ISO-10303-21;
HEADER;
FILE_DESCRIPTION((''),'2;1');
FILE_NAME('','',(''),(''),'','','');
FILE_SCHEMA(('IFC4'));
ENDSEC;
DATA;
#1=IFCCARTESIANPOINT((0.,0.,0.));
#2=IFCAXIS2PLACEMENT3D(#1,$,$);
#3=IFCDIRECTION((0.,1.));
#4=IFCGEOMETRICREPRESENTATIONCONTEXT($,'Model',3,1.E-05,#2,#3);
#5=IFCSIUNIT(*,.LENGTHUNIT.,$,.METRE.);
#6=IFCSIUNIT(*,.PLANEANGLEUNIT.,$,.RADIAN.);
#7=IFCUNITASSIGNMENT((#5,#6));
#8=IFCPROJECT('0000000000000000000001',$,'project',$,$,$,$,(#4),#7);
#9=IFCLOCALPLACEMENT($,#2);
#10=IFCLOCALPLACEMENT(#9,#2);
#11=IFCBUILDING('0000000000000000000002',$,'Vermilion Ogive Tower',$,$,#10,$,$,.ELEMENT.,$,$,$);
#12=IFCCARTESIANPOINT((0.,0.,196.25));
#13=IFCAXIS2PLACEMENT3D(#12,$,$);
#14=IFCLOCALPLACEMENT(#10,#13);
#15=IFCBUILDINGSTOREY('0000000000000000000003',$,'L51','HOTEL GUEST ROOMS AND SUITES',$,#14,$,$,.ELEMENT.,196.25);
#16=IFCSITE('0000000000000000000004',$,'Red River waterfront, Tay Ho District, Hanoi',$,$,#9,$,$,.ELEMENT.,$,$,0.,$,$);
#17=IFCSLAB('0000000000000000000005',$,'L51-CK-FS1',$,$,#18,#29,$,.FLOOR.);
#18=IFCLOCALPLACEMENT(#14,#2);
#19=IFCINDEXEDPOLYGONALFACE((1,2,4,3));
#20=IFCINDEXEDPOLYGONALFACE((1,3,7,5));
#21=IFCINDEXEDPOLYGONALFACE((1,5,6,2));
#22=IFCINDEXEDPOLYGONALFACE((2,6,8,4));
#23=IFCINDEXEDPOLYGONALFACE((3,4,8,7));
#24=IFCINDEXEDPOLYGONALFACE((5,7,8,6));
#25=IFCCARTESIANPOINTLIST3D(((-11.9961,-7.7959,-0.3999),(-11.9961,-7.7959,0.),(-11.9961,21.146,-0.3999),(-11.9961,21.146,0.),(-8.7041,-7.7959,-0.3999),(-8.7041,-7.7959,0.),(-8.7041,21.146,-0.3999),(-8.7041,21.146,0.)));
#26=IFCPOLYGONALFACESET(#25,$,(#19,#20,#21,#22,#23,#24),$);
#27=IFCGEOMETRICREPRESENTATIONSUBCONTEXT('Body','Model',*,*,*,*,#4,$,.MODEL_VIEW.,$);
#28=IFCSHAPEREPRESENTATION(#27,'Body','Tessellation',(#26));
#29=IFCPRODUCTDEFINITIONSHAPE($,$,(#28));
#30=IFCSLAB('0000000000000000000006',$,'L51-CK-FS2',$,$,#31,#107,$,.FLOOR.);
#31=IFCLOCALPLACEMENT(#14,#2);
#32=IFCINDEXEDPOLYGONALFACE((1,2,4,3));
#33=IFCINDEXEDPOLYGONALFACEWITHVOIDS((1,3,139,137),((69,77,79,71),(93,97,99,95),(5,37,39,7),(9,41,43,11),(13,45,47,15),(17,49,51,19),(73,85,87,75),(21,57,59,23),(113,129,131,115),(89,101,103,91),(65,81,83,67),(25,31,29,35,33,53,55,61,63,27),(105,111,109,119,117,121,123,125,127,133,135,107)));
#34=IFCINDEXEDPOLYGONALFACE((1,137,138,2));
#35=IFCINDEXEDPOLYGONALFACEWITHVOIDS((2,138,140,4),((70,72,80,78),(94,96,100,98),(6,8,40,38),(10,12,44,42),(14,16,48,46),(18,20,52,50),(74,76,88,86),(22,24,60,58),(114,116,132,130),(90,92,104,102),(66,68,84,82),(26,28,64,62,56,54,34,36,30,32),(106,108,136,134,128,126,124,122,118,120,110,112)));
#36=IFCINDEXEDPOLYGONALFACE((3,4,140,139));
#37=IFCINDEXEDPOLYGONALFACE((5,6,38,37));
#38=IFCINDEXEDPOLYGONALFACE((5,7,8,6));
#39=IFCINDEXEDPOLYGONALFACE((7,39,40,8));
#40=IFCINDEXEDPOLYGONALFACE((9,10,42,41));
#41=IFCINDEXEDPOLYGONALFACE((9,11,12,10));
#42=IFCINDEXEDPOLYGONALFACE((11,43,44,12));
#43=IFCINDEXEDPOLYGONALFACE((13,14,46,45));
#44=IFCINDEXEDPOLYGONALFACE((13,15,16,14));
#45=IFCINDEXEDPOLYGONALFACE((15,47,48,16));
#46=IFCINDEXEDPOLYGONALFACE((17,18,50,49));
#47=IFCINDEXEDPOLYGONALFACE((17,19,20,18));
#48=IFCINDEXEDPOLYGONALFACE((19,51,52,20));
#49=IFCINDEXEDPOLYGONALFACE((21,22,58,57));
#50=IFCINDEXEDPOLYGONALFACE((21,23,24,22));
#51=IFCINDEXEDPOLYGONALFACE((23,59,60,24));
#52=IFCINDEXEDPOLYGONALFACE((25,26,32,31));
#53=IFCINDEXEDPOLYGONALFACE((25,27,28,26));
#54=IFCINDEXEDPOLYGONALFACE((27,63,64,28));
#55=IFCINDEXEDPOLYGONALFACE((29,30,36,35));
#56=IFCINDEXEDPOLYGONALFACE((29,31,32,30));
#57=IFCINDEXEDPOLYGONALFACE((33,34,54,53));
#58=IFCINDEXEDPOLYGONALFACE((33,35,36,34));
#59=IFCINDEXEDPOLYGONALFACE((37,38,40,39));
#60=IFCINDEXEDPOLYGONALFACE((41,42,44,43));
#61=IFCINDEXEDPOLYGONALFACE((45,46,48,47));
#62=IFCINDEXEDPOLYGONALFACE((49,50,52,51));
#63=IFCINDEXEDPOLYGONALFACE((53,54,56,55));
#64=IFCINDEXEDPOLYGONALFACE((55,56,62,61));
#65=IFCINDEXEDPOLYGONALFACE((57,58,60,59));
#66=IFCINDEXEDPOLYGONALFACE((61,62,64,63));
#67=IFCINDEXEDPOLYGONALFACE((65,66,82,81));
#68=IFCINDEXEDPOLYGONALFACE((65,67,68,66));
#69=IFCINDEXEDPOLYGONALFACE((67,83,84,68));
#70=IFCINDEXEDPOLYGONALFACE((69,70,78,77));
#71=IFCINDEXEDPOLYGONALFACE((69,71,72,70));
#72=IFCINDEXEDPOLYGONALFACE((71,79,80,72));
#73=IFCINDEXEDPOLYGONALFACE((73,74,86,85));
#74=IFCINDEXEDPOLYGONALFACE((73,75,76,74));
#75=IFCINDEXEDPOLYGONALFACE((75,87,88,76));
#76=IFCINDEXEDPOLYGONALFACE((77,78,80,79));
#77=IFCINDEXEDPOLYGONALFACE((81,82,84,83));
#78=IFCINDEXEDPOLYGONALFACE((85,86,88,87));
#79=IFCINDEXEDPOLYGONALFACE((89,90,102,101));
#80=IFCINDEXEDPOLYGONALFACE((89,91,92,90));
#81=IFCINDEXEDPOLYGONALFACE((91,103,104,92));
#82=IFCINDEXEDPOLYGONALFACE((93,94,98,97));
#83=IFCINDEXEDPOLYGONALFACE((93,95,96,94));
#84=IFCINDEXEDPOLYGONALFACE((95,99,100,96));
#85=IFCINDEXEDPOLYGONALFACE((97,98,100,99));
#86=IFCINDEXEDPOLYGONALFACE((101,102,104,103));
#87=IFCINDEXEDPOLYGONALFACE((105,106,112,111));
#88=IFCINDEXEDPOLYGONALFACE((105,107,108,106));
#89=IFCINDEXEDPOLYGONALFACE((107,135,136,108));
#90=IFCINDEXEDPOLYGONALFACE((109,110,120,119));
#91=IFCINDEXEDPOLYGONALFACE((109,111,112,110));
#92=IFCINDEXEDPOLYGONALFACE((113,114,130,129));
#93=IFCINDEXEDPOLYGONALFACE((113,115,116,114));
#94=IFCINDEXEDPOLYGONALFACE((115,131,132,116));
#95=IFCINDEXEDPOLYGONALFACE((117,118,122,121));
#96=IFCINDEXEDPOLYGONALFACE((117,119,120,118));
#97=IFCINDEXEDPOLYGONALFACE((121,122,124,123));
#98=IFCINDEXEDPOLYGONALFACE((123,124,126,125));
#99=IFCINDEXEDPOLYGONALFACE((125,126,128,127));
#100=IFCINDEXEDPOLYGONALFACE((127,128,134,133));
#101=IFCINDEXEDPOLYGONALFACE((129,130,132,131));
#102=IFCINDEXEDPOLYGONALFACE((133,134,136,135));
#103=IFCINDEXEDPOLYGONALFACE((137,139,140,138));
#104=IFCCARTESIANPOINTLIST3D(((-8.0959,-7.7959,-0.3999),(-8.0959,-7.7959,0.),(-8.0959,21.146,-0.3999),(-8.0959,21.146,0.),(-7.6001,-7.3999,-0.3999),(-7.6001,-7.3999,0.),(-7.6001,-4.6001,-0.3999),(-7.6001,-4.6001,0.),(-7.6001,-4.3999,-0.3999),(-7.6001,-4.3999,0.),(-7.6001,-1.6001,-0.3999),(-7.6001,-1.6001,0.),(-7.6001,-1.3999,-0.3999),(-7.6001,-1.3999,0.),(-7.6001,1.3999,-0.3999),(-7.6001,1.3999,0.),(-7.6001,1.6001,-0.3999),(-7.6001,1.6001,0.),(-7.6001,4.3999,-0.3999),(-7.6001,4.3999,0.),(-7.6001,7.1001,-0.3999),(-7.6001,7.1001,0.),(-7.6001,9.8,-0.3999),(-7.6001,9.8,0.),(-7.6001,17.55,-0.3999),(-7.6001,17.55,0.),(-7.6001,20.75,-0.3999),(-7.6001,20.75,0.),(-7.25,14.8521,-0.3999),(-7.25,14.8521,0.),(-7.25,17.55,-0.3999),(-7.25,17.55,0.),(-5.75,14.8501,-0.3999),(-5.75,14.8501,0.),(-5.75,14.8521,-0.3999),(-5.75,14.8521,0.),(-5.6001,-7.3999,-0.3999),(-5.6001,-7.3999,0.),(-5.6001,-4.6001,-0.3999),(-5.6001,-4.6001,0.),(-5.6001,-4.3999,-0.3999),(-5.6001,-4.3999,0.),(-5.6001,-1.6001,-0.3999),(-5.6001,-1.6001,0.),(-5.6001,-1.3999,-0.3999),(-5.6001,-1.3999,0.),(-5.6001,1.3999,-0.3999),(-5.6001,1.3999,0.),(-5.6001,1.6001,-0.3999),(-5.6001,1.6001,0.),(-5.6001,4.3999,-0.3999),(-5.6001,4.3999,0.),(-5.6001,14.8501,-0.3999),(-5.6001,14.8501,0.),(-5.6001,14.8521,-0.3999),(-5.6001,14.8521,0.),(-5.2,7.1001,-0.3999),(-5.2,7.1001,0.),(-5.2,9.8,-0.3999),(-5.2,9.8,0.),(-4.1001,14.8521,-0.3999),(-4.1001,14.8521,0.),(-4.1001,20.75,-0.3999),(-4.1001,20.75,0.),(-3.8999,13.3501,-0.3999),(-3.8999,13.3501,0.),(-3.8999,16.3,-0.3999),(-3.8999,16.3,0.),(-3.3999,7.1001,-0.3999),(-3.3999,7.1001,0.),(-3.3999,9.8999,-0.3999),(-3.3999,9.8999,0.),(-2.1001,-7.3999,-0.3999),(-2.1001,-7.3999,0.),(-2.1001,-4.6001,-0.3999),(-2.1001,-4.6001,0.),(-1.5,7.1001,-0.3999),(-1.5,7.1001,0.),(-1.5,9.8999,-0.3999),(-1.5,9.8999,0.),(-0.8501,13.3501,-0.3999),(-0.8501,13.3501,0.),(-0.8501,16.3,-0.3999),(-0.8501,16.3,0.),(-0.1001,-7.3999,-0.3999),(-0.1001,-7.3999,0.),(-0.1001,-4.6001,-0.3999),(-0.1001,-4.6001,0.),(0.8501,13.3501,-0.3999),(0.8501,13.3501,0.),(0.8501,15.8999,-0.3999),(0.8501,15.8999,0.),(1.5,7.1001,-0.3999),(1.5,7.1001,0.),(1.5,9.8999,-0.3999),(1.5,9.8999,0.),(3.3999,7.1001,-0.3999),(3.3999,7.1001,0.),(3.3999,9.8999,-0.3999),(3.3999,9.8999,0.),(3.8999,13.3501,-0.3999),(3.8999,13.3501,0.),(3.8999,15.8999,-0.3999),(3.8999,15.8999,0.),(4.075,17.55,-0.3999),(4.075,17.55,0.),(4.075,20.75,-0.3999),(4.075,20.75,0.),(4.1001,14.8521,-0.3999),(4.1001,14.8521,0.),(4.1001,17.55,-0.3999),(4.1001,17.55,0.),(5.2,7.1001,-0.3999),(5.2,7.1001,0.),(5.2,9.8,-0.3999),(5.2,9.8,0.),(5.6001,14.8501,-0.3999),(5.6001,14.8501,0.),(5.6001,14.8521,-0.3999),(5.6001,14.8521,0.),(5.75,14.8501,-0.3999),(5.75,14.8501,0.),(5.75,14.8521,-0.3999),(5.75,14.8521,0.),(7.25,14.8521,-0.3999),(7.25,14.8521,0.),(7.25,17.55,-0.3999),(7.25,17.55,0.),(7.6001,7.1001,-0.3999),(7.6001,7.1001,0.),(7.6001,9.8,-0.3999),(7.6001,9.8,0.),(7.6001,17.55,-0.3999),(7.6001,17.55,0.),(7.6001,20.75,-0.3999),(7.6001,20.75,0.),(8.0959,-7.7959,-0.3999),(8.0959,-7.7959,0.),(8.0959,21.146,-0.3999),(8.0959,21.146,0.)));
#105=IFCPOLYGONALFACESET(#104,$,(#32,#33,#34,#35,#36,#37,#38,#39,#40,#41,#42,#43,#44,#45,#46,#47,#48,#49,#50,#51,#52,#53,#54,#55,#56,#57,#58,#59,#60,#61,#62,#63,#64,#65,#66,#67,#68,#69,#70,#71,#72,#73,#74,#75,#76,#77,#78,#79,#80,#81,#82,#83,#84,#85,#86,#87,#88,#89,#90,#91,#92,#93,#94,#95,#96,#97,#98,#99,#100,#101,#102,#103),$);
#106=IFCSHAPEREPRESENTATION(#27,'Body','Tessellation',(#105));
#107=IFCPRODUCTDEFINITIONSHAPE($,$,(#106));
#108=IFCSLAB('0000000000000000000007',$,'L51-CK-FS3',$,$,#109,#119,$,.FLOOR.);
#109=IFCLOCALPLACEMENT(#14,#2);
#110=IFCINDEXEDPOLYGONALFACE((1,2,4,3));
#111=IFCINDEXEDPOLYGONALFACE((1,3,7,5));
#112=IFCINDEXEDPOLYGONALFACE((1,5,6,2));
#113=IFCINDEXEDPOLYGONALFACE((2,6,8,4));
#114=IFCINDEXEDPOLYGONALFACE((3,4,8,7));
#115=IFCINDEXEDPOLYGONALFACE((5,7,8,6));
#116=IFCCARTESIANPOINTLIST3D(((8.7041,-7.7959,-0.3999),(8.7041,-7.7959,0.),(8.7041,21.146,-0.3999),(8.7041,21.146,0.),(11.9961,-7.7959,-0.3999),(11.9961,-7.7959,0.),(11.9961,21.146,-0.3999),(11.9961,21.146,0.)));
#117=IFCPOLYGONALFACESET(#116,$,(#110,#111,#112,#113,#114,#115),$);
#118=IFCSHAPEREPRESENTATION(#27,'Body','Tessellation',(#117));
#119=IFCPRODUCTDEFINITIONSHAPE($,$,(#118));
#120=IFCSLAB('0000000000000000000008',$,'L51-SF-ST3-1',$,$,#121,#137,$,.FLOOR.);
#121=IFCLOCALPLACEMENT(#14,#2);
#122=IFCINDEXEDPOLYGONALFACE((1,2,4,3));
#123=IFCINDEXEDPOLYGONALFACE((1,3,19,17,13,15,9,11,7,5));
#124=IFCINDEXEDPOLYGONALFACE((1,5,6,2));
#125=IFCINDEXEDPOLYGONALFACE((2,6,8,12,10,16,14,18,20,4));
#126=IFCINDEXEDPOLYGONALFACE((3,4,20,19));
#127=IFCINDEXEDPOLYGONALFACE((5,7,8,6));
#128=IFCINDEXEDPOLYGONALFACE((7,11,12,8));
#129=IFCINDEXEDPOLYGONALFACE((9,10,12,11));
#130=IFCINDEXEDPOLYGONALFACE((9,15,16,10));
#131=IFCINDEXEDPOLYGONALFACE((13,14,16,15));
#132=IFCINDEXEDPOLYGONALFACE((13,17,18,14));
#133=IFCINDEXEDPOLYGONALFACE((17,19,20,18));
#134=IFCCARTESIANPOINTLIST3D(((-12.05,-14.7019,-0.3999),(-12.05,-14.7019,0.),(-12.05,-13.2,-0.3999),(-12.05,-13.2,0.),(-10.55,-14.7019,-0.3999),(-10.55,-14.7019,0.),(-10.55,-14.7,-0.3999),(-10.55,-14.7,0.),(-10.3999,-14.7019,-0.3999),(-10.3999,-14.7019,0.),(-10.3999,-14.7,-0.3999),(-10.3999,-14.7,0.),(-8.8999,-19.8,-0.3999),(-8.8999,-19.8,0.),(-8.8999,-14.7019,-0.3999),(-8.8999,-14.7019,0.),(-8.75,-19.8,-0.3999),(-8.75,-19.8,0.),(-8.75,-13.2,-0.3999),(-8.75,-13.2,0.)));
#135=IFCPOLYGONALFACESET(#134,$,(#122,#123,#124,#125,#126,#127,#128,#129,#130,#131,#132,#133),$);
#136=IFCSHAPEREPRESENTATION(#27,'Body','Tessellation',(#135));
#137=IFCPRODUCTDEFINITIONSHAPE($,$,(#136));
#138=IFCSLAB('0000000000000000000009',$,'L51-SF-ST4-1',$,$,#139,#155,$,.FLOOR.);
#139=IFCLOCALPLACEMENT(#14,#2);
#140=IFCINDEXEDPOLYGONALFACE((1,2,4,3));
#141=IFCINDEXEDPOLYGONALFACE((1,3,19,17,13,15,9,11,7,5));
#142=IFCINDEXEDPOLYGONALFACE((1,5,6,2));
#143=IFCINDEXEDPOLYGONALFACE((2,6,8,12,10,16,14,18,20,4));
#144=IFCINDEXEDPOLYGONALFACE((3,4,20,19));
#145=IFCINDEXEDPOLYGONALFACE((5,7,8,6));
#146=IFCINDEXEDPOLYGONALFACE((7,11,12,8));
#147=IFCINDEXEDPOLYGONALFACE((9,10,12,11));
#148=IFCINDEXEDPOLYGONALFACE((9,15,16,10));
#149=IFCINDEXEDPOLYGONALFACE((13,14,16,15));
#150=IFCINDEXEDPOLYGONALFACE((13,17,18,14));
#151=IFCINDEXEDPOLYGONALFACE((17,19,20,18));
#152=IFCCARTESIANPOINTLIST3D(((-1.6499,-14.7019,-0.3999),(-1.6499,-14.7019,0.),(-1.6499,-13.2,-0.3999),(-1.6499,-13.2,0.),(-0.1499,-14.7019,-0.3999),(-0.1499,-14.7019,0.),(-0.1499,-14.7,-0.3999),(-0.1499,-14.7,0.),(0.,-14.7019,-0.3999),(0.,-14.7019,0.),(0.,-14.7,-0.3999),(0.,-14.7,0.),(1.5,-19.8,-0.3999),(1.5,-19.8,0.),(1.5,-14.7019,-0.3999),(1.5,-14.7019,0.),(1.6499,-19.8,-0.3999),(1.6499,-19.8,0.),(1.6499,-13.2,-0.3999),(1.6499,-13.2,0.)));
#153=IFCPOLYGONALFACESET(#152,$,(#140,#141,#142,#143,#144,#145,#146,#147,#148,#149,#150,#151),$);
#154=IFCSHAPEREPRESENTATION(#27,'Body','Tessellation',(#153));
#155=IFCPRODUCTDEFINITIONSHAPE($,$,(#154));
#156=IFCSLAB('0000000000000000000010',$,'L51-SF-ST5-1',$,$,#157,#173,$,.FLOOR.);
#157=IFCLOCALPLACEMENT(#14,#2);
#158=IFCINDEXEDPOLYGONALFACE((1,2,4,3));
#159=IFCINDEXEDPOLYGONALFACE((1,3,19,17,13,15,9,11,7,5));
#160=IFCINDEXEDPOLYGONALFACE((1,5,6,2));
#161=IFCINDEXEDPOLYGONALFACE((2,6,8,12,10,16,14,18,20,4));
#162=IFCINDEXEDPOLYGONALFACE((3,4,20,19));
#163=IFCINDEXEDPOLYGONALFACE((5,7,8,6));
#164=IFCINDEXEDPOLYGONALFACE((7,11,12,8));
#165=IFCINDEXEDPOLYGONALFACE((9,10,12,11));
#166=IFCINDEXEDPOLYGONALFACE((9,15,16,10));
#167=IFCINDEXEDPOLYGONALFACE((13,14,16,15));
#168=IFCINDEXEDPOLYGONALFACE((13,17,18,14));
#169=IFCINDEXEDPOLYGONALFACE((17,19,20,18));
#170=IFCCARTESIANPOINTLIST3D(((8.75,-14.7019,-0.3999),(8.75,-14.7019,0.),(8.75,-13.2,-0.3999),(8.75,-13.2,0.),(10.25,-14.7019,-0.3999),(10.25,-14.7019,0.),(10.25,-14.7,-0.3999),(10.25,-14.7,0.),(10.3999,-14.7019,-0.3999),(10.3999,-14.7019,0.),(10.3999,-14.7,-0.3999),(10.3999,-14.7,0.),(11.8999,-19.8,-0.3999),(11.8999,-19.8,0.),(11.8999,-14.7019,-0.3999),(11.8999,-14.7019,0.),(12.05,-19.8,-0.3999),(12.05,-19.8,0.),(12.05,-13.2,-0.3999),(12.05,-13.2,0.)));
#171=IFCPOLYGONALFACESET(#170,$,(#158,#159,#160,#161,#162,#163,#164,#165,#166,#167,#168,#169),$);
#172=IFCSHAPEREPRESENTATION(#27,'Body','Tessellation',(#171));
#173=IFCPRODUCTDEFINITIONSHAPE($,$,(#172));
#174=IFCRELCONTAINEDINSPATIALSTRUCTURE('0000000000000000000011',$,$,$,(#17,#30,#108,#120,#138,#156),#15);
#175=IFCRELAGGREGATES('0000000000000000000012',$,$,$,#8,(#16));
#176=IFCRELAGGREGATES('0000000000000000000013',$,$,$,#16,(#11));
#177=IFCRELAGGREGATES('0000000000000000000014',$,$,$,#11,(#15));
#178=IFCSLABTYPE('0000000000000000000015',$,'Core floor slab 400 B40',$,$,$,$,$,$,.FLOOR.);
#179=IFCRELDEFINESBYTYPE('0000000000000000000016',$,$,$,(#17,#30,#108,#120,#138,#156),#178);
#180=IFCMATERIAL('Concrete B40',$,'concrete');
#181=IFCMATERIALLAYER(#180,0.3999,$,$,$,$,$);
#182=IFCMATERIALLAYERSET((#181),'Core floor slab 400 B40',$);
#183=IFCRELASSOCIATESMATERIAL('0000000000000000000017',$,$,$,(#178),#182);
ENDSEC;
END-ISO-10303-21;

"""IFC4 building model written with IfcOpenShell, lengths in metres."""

from ifc_helpers import new_model, si_unit, direction, frame, origin, place, context, subcontext, project, spatial, polyline, outline, extrude, material, layer, layer_set, type_object, element, save


model = new_model("IFC4")

# Units and contexts
model_context = context("Model", 3, precision=1e-05, world=origin(), true_north=direction((0.0, 1.0)))
body_context = subcontext(model_context, "Body", "Model", "MODEL_VIEW")
ifc_project = project(units=[si_unit("LENGTHUNIT", "METRE"), si_unit("PLANEANGLEUNIT", "RADIAN")], contexts=[model_context])

# Site, building, storey
site_placement = place(None, origin())
site = spatial("IfcSite", under=ifc_project, at=site_placement, Name="Red River waterfront, Tay Ho District, Hanoi", CompositionType="ELEMENT", RefElevation=0.0)
building_placement = place(site_placement, origin())
building = spatial("IfcBuilding", under=site, at=building_placement, Name="Vermilion Ogive Tower", CompositionType="ELEMENT")
storey_placement = place(building_placement, frame((0.0, 0.0, 196.25)))
storey = spatial("IfcBuildingStorey", under=building, at=storey_placement, Name="L51", Description="HOTEL GUEST ROOMS AND SUITES", CompositionType="ELEMENT", Elevation=196.25)

# Slabs
ifc_material_1 = material(Name="Concrete B40", Category="concrete")
ifc_layer_1 = layer(ifc_material_1, 0.3999)
ifc_layer_set_1 = layer_set([ifc_layer_1], Name="Core floor slab 400 B40")
slab_type = type_object("IfcSlabType", Name="Core floor slab 400 B40", PredefinedType="FLOOR", material=ifc_layer_set_1)
slab_1_placement = place(storey_placement, frame((0.0, 0.0, -0.3999)))
element("IfcSlab", 1, at=slab_1_placement, inside=storey, type_object=slab_type, Name="L51-CK-FS1", PredefinedType="FLOOR", context=body_context, shape_type="SweptSolid", body=[
    extrude(outline(polyline([(-11.9961, 21.146), (-8.7041, 21.146), (-8.7041, -7.7959), (-11.9961, -7.7959), (-11.9961, 21.146)])), origin(), (0.0, 0.0, 1.0), 0.3999),
])
slab_2_placement = place(storey_placement, frame((0.0, 0.0, -0.3999)))
element("IfcSlab", 2, at=slab_2_placement, inside=storey, type_object=slab_type, Name="L51-CK-FS2", PredefinedType="FLOOR", context=body_context, shape_type="SweptSolid", body=[
    extrude(outline(polyline([(-8.0959, -7.7959), (8.0959, -7.7959), (8.0959, 21.146), (-8.0959, 21.146), (-8.0959, -7.7959)]), holes=[polyline([(-7.6001, -7.3999), (-7.6001, -4.6001), (-5.6001, -4.6001), (-5.6001, -7.3999), (-7.6001, -7.3999)]), polyline([(-7.6001, -4.3999), (-7.6001, -1.6001), (-5.6001, -1.6001), (-5.6001, -4.3999), (-7.6001, -4.3999)]), polyline([(-7.6001, -1.3999), (-7.6001, 1.3999), (-5.6001, 1.3999), (-5.6001, -1.3999), (-7.6001, -1.3999)]), polyline([(-7.6001, 1.6001), (-7.6001, 4.3999), (-5.6001, 4.3999), (-5.6001, 1.6001), (-7.6001, 1.6001)]), polyline([(-7.6001, 7.1001), (-7.6001, 9.8), (-5.2, 9.8), (-5.2, 7.1001), (-7.6001, 7.1001)]), polyline([(-3.3999, 9.8999), (-1.5, 9.8999), (-1.5, 7.1001), (-3.3999, 7.1001), (-3.3999, 9.8999)]), polyline([(-7.6001, 17.55), (-7.6001, 20.75), (-4.1001, 20.75), (-4.1001, 14.8521), (-5.6001, 14.8521), (-5.6001, 14.8501), (-5.75, 14.8501), (-5.75, 14.8521), (-7.25, 14.8521), (-7.25, 17.55), (-7.6001, 17.55)]), polyline([(-2.1001, -7.3999), (-2.1001, -4.6001), (-0.1001, -4.6001), (-0.1001, -7.3999), (-2.1001, -7.3999)]), polyline([(5.2, 7.1001), (5.2, 9.8), (7.6001, 9.8), (7.6001, 7.1001), (5.2, 7.1001)]), polyline([(1.5, 7.1001), (1.5, 9.8999), (3.3999, 9.8999), (3.3999, 7.1001), (1.5, 7.1001)]), polyline([(0.8501, 13.3501), (0.8501, 15.8999), (3.8999, 15.8999), (3.8999, 13.3501), (0.8501, 13.3501)]), polyline([(-3.8999, 16.3), (-0.8501, 16.3), (-0.8501, 13.3501), (-3.8999, 13.3501), (-3.8999, 16.3)]), polyline([(5.75, 14.8501), (5.6001, 14.8501), (5.6001, 14.8521), (4.1001, 14.8521), (4.1001, 17.55), (4.075, 17.55), (4.075, 20.75), (7.6001, 20.75), (7.6001, 17.55), (7.25, 17.55), (7.25, 14.8521), (5.75, 14.8521), (5.75, 14.8501)])]), origin(), (0.0, 0.0, 1.0), 0.3999),
])
slab_3_placement = place(storey_placement, frame((0.0, 0.0, -0.3999)))
element("IfcSlab", 3, at=slab_3_placement, inside=storey, type_object=slab_type, Name="L51-CK-FS3", PredefinedType="FLOOR", context=body_context, shape_type="SweptSolid", body=[
    extrude(outline(polyline([(11.9961, 21.146), (11.9961, -7.7959), (8.7041, -7.7959), (8.7041, 21.146), (11.9961, 21.146)])), origin(), (0.0, 0.0, 1.0), 0.3999),
])
slab_4_placement = place(storey_placement, frame((0.0, 0.0, -0.3999)))
element("IfcSlab", 4, at=slab_4_placement, inside=storey, type_object=slab_type, Name="L51-SF-ST3-1", PredefinedType="FLOOR", context=body_context, shape_type="SweptSolid", body=[
    extrude(outline(polyline([(-12.05, -13.2), (-12.05, -14.7019), (-10.55, -14.7019), (-10.55, -14.7), (-10.3999, -14.7), (-10.3999, -14.7019), (-8.8999, -14.7019), (-8.8999, -19.8), (-8.75, -19.8), (-8.75, -13.2), (-12.05, -13.2)])), origin(), (0.0, 0.0, 1.0), 0.3999),
])
slab_5_placement = place(storey_placement, frame((0.0, 0.0, -0.3999)))
element("IfcSlab", 5, at=slab_5_placement, inside=storey, type_object=slab_type, Name="L51-SF-ST4-1", PredefinedType="FLOOR", context=body_context, shape_type="SweptSolid", body=[
    extrude(outline(polyline([(-1.6499, -13.2), (-1.6499, -14.7019), (-0.1499, -14.7019), (-0.1499, -14.7), (0.0, -14.7), (0.0, -14.7019), (1.5, -14.7019), (1.5, -19.8), (1.6499, -19.8), (1.6499, -13.2), (-1.6499, -13.2)])), origin(), (0.0, 0.0, 1.0), 0.3999),
])
slab_6_placement = place(storey_placement, frame((0.0, 0.0, -0.3999)))
element("IfcSlab", 6, at=slab_6_placement, inside=storey, type_object=slab_type, Name="L51-SF-ST5-1", PredefinedType="FLOOR", context=body_context, shape_type="SweptSolid", body=[
    extrude(outline(polyline([(8.75, -13.2), (8.75, -14.7019), (10.25, -14.7019), (10.25, -14.7), (10.3999, -14.7), (10.3999, -14.7019), (11.8999, -14.7019), (11.8999, -19.8), (12.05, -19.8), (12.05, -13.2), (8.75, -13.2)])), origin(), (0.0, 0.0, 1.0), 0.3999),
])

save(model, "model.ifc")
